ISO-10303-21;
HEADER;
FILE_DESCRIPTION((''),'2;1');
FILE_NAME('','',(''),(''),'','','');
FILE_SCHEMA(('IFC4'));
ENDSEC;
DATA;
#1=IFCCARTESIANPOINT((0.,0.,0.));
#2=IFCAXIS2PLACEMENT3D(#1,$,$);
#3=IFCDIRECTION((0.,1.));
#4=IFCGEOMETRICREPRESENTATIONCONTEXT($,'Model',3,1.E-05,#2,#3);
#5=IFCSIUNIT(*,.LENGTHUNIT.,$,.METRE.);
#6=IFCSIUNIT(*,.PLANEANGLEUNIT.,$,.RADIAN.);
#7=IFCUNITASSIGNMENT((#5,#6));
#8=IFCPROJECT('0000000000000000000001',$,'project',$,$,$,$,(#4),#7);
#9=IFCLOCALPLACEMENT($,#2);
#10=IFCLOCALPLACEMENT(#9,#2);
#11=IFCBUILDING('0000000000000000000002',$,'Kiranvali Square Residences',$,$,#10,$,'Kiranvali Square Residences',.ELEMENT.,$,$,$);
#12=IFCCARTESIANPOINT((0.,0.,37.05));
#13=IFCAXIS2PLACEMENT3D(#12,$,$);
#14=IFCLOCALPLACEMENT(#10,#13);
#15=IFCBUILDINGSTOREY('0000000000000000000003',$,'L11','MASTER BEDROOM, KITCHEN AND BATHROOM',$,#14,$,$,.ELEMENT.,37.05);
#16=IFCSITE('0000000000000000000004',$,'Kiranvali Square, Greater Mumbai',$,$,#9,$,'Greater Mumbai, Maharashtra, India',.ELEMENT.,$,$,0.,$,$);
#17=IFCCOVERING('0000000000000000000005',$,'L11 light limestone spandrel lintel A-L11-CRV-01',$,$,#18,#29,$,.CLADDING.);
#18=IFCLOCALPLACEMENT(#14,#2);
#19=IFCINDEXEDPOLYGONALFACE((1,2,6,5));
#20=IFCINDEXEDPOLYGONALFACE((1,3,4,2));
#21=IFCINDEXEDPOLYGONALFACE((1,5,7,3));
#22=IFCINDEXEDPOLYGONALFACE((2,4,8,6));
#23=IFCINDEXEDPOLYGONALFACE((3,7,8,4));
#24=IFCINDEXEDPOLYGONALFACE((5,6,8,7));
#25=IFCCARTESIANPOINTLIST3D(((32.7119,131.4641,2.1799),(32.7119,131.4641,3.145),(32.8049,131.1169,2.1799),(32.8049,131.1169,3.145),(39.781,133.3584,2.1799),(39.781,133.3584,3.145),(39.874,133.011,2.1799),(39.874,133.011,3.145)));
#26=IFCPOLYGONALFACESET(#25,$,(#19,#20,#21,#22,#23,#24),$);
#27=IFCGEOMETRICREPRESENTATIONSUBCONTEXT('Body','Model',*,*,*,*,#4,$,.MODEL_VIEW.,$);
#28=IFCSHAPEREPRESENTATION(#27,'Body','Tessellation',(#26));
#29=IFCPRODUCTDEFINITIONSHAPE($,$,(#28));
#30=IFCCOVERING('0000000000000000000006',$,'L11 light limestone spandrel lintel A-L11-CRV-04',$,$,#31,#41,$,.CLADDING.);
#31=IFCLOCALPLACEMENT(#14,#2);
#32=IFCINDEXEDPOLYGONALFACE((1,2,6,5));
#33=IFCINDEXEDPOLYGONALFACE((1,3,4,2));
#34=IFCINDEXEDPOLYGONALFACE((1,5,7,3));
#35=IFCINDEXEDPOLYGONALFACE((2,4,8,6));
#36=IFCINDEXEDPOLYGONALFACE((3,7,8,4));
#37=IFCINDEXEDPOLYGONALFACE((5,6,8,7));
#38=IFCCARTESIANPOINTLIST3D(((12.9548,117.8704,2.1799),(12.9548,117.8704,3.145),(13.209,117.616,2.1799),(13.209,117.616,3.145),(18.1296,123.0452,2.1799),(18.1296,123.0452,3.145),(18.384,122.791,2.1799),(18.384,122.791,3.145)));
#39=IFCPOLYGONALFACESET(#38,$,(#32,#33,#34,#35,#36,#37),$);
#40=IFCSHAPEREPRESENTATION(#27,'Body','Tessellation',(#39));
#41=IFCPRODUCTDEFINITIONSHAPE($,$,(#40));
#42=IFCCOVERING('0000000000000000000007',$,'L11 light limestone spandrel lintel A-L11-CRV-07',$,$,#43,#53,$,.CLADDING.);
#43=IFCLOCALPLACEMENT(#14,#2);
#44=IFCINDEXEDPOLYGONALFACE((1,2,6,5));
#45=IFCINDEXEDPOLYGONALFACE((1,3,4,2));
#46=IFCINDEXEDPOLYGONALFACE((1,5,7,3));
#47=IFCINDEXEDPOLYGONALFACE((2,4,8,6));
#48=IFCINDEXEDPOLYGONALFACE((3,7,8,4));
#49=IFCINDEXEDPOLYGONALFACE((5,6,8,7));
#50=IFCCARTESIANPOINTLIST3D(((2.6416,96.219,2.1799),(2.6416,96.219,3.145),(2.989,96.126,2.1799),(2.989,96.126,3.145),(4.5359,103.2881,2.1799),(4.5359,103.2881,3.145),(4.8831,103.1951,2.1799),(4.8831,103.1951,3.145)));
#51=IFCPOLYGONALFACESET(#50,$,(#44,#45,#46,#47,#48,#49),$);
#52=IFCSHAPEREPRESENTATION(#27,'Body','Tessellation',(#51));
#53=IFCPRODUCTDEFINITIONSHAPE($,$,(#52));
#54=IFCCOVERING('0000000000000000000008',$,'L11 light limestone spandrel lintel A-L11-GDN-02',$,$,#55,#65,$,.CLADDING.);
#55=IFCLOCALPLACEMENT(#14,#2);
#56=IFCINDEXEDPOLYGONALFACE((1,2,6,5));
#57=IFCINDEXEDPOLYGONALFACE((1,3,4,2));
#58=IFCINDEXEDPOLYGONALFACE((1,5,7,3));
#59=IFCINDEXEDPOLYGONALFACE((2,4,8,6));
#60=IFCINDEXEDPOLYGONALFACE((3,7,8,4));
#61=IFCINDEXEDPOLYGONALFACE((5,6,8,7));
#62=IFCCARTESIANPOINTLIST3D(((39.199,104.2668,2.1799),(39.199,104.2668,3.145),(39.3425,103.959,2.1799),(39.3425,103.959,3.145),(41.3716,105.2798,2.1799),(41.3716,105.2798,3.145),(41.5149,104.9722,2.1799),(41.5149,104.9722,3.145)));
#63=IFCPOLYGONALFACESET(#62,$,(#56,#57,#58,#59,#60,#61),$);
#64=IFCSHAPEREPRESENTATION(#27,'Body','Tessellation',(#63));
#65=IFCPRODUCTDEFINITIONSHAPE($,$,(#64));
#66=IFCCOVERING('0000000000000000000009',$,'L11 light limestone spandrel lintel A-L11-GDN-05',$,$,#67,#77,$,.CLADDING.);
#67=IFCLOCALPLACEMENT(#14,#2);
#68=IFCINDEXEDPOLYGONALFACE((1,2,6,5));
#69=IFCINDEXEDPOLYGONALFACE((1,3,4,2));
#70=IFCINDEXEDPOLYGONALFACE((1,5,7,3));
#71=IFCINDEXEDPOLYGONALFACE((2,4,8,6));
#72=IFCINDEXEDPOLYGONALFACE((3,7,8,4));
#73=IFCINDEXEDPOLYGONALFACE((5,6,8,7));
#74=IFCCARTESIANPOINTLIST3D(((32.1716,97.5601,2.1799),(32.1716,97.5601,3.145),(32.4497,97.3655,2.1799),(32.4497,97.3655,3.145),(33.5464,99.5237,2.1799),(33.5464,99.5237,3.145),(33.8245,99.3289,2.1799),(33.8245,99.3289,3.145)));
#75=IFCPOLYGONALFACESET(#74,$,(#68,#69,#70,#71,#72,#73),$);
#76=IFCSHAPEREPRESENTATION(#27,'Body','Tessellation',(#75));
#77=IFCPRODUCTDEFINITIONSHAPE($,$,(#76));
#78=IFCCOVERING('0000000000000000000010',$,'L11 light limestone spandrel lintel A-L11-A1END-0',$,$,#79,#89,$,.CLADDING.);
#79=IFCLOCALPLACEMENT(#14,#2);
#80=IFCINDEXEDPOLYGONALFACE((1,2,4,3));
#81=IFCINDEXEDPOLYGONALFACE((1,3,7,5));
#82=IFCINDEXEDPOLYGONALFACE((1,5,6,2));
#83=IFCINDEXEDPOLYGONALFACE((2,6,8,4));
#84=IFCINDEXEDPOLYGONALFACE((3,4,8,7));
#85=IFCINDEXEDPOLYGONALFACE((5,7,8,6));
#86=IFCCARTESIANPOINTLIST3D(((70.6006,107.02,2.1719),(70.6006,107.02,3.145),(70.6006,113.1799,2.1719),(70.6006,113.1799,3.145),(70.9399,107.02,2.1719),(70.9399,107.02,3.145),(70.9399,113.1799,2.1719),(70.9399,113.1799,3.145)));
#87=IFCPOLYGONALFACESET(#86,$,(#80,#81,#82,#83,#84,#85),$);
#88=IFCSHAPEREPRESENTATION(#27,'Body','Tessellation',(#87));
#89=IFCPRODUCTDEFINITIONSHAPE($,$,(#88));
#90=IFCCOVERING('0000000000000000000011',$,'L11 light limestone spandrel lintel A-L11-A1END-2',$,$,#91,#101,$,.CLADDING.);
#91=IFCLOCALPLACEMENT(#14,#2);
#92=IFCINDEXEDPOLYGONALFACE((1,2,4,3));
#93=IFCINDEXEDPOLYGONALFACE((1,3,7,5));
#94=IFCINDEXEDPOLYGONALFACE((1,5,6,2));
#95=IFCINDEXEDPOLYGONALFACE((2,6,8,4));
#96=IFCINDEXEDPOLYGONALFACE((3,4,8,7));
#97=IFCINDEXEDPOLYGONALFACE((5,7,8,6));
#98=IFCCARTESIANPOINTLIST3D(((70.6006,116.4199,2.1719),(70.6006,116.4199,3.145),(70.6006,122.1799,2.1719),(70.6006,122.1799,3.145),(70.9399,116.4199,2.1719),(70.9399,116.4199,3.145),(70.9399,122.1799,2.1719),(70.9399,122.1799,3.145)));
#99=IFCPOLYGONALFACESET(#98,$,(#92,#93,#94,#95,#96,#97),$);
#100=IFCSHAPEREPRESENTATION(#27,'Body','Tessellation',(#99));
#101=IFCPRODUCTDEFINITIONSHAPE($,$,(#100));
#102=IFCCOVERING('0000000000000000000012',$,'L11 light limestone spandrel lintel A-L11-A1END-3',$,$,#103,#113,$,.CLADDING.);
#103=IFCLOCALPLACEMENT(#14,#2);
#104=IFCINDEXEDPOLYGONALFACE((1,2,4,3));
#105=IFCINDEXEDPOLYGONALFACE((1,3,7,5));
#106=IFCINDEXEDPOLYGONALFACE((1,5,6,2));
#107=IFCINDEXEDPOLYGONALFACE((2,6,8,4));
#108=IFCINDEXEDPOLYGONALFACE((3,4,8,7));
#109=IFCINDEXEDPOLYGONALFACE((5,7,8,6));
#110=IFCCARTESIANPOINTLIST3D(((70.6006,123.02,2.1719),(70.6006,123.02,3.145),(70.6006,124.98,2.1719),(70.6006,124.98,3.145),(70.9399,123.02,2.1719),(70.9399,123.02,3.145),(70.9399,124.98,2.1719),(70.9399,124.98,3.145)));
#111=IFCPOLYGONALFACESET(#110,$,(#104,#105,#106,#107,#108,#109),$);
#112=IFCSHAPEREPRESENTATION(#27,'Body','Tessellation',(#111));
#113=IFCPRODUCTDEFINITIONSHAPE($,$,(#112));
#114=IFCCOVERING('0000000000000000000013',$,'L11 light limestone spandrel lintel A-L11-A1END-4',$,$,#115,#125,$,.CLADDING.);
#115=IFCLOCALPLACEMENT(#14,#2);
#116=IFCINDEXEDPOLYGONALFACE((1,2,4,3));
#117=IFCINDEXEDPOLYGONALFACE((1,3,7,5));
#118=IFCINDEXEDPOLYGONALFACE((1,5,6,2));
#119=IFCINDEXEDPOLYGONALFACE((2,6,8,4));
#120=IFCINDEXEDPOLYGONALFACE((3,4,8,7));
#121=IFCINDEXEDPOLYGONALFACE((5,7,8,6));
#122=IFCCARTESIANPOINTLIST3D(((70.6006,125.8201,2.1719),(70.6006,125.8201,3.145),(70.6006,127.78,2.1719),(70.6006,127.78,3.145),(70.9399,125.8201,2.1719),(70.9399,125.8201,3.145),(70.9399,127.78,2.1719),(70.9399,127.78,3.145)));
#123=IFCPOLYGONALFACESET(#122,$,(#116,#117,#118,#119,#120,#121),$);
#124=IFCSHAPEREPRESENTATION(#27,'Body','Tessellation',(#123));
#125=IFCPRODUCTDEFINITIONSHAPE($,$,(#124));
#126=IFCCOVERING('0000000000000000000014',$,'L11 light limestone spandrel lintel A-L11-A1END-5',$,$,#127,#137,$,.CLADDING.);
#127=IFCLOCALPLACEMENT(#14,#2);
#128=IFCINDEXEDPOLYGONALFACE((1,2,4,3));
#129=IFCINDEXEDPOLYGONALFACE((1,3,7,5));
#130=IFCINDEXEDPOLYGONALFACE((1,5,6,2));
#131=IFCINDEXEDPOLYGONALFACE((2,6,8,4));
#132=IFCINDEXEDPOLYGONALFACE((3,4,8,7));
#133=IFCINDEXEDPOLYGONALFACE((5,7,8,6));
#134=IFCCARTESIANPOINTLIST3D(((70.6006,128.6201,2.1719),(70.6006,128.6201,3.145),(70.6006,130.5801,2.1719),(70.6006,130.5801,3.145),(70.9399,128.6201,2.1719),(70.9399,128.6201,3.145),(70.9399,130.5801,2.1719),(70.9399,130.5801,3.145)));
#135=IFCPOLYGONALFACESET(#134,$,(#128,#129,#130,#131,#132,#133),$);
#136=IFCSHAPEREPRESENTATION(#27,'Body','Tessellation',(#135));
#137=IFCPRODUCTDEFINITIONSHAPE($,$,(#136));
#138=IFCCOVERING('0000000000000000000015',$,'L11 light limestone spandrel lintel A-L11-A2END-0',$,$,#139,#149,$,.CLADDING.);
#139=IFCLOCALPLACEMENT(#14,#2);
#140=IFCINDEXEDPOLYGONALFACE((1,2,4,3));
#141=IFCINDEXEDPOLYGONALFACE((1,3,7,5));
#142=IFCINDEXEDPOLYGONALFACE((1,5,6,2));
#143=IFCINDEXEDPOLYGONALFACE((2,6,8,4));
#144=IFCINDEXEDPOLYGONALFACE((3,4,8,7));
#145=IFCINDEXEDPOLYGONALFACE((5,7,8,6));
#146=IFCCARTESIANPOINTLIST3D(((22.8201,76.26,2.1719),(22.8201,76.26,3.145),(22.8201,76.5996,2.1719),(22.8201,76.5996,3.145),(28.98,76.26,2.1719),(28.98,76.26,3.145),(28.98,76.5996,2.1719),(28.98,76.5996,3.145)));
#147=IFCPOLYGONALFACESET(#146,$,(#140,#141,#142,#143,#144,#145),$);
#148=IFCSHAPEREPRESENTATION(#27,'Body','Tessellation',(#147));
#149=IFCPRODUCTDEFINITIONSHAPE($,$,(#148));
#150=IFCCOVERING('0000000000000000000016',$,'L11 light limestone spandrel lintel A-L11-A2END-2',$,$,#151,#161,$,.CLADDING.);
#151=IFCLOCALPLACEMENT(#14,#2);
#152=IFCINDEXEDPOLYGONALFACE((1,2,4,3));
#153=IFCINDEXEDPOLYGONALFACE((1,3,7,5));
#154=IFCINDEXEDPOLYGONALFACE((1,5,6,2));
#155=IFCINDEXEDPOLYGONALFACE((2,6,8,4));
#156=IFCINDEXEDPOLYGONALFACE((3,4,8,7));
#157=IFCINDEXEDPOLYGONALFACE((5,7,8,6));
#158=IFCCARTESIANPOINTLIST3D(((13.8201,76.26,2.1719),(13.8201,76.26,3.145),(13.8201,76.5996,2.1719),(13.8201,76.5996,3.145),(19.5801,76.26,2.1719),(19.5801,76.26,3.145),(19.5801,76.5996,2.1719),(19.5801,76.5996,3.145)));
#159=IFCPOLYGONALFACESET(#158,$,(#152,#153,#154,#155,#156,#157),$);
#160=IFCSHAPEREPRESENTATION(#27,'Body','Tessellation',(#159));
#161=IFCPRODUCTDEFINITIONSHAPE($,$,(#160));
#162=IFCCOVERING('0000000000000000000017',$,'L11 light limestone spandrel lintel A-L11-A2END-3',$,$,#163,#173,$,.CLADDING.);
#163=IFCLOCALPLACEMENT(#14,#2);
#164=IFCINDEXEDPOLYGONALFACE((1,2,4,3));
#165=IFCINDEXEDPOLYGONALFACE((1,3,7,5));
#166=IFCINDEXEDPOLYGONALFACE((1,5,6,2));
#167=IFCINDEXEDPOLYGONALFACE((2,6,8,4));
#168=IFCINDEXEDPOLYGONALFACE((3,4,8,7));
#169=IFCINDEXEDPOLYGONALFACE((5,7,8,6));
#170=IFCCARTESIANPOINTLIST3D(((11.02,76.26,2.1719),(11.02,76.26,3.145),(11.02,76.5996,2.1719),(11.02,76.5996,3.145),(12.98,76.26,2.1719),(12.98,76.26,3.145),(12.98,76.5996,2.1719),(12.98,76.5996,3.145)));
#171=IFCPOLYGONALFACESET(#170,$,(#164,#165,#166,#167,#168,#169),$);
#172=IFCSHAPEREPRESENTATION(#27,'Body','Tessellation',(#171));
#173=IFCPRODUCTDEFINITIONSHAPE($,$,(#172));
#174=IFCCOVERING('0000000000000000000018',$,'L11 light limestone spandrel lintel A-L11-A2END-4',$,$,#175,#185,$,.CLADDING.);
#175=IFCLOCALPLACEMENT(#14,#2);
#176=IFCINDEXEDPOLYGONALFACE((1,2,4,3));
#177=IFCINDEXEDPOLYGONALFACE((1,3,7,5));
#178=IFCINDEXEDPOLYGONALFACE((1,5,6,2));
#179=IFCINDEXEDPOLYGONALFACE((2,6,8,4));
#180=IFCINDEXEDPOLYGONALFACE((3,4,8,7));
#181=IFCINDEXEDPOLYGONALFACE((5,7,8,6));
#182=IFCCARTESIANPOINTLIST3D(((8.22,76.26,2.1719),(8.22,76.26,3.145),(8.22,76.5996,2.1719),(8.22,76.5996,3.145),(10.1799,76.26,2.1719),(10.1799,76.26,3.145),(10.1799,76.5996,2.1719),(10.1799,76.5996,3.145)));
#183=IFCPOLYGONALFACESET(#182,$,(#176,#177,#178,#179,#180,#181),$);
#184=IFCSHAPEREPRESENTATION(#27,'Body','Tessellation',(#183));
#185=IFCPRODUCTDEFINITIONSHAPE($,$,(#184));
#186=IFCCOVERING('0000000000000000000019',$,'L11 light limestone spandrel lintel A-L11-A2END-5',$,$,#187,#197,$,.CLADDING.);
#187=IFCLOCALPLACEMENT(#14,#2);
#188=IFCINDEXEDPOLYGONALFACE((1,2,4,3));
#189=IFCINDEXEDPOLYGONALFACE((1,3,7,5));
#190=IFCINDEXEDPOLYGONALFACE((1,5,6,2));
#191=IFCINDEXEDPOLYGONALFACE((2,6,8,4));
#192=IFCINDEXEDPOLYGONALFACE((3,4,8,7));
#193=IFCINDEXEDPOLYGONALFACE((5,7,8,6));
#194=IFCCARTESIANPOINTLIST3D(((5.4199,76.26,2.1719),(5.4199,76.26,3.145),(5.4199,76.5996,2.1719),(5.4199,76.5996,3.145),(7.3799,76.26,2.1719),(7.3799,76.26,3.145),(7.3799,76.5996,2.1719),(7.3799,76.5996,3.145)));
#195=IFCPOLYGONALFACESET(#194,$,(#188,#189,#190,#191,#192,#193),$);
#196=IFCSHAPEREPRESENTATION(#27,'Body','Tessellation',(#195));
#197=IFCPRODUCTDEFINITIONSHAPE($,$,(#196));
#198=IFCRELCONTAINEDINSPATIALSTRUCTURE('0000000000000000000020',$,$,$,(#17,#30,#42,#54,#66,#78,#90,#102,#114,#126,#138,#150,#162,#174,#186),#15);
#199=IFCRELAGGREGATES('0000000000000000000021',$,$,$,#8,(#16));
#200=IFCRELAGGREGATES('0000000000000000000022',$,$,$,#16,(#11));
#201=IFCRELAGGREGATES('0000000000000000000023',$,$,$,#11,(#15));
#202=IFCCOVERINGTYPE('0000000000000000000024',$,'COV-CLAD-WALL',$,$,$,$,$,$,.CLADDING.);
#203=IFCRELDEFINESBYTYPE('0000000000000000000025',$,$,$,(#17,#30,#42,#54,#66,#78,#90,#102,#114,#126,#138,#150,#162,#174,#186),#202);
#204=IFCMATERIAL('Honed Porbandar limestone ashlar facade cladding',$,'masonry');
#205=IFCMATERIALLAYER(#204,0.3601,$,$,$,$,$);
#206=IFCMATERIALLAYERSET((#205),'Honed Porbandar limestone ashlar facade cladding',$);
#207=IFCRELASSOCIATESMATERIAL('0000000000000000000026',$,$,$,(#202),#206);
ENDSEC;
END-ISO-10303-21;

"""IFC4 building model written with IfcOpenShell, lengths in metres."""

from ifc_helpers import new_model, si_unit, direction, frame, origin, place, context, subcontext, project, spatial, polyline, outline, extrude, material, layer, layer_set, type_object, element, save


model = new_model("IFC4")

# Units and contexts
model_context = context("Model", 3, precision=1e-05, world=origin(), true_north=direction((0.0, 1.0)))
body_context = subcontext(model_context, "Body", "Model", "MODEL_VIEW")
ifc_project = project(units=[si_unit("LENGTHUNIT", "METRE"), si_unit("PLANEANGLEUNIT", "RADIAN")], contexts=[model_context])

# Site, building, storey
site_placement = place(None, origin())
site = spatial("IfcSite", under=ifc_project, at=site_placement, Name="Kiranvali Square, Greater Mumbai", LongName="Greater Mumbai, Maharashtra, India", CompositionType="ELEMENT", RefElevation=0.0)
building_placement = place(site_placement, origin())
building = spatial("IfcBuilding", under=site, at=building_placement, Name="Kiranvali Square Residences", LongName="Kiranvali Square Residences", CompositionType="ELEMENT")
storey_placement = place(building_placement, frame((0.0, 0.0, 37.05)))
storey = spatial("IfcBuildingStorey", under=building, at=storey_placement, Name="L11", Description="MASTER BEDROOM, KITCHEN AND BATHROOM", CompositionType="ELEMENT", Elevation=37.05)

# Coverings
ifc_material = material(Name="Honed Porbandar limestone ashlar facade cladding", Category="masonry")
ifc_layer = layer(ifc_material, 0.3601)
ifc_layer_set = layer_set([ifc_layer], Name="Honed Porbandar limestone ashlar facade cladding")
covering_type = type_object("IfcCoveringType", Name="COV-CLAD-WALL", PredefinedType="CLADDING", material=ifc_layer_set)
covering_1_placement = place(storey_placement, frame((0.0, 0.0, 2.1799)))
element("IfcCovering", 1, at=covering_1_placement, inside=storey, type_object=covering_type, Name="L11 light limestone spandrel lintel A-L11-CRV-01", PredefinedType="CLADDING", context=body_context, shape_type="SweptSolid", body=[
    extrude(outline(polyline([(39.781, 133.3584), (32.7119, 131.4641), (32.8049, 131.1169), (39.874, 133.011), (39.781, 133.3584)])), origin(), (0.0, 0.0, 1.0), 0.9651),
])
covering_2_placement = place(storey_placement, frame((0.0, 0.0, 2.1799)))
element("IfcCovering", 2, at=covering_2_placement, inside=storey, type_object=covering_type, Name="L11 light limestone spandrel lintel A-L11-CRV-04", PredefinedType="CLADDING", context=body_context, shape_type="SweptSolid", body=[
    extrude(outline(polyline([(18.1296, 123.0452), (12.9548, 117.8704), (13.209, 117.616), (18.384, 122.791), (18.1296, 123.0452)])), origin(), (0.0, 0.0, 1.0), 0.9651),
])
covering_3_placement = place(storey_placement, frame((0.0, 0.0, 2.1799)))
element("IfcCovering", 3, at=covering_3_placement, inside=storey, type_object=covering_type, Name="L11 light limestone spandrel lintel A-L11-CRV-07", PredefinedType="CLADDING", context=body_context, shape_type="SweptSolid", body=[
    extrude(outline(polyline([(4.5359, 103.2881), (2.6416, 96.219), (2.989, 96.126), (4.8831, 103.1951), (4.5359, 103.2881)])), origin(), (0.0, 0.0, 1.0), 0.9651),
])
covering_4_placement = place(storey_placement, frame((0.0, 0.0, 2.1799)))
element("IfcCovering", 4, at=covering_4_placement, inside=storey, type_object=covering_type, Name="L11 light limestone spandrel lintel A-L11-GDN-02", PredefinedType="CLADDING", context=body_context, shape_type="SweptSolid", body=[
    extrude(outline(polyline([(41.3716, 105.2798), (39.199, 104.2668), (39.3425, 103.959), (41.5149, 104.9722), (41.3716, 105.2798)])), origin(), (0.0, 0.0, 1.0), 0.9651),
])
covering_5_placement = place(storey_placement, frame((0.0, 0.0, 2.1799)))
element("IfcCovering", 5, at=covering_5_placement, inside=storey, type_object=covering_type, Name="L11 light limestone spandrel lintel A-L11-GDN-05", PredefinedType="CLADDING", context=body_context, shape_type="SweptSolid", body=[
    extrude(outline(polyline([(33.5464, 99.5237), (32.1716, 97.5601), (32.4497, 97.3655), (33.8245, 99.3289), (33.5464, 99.5237)])), origin(), (0.0, 0.0, 1.0), 0.9651),
])
covering_6_placement = place(storey_placement, frame((0.0, 0.0, 2.1719)))
element("IfcCovering", 6, at=covering_6_placement, inside=storey, type_object=covering_type, Name="L11 light limestone spandrel lintel A-L11-A1END-0", PredefinedType="CLADDING", context=body_context, shape_type="SweptSolid", body=[
    extrude(outline(polyline([(70.9399, 107.02), (70.9399, 113.1799), (70.6006, 113.1799), (70.6006, 107.02), (70.9399, 107.02)])), origin(), (0.0, 0.0, 1.0), 0.9731),
])
covering_7_placement = place(storey_placement, frame((0.0, 0.0, 2.1719)))
element("IfcCovering", 7, at=covering_7_placement, inside=storey, type_object=covering_type, Name="L11 light limestone spandrel lintel A-L11-A1END-2", PredefinedType="CLADDING", context=body_context, shape_type="SweptSolid", body=[
    extrude(outline(polyline([(70.9399, 116.4199), (70.9399, 122.1799), (70.6006, 122.1799), (70.6006, 116.4199), (70.9399, 116.4199)])), origin(), (0.0, 0.0, 1.0), 0.9731),
])
covering_8_placement = place(storey_placement, frame((0.0, 0.0, 2.1719)))
element("IfcCovering", 8, at=covering_8_placement, inside=storey, type_object=covering_type, Name="L11 light limestone spandrel lintel A-L11-A1END-3", PredefinedType="CLADDING", context=body_context, shape_type="SweptSolid", body=[
    extrude(outline(polyline([(70.9399, 123.02), (70.9399, 124.98), (70.6006, 124.98), (70.6006, 123.02), (70.9399, 123.02)])), origin(), (0.0, 0.0, 1.0), 0.9731),
])
covering_9_placement = place(storey_placement, frame((0.0, 0.0, 2.1719)))
element("IfcCovering", 9, at=covering_9_placement, inside=storey, type_object=covering_type, Name="L11 light limestone spandrel lintel A-L11-A1END-4", PredefinedType="CLADDING", context=body_context, shape_type="SweptSolid", body=[
    extrude(outline(polyline([(70.9399, 125.8201), (70.9399, 127.78), (70.6006, 127.78), (70.6006, 125.8201), (70.9399, 125.8201)])), origin(), (0.0, 0.0, 1.0), 0.9731),
])
covering_10_placement = place(storey_placement, frame((0.0, 0.0, 2.1719)))
element("IfcCovering", 10, at=covering_10_placement, inside=storey, type_object=covering_type, Name="L11 light limestone spandrel lintel A-L11-A1END-5", PredefinedType="CLADDING", context=body_context, shape_type="SweptSolid", body=[
    extrude(outline(polyline([(70.9399, 128.6201), (70.9399, 130.5801), (70.6006, 130.5801), (70.6006, 128.6201), (70.9399, 128.6201)])), origin(), (0.0, 0.0, 1.0), 0.9731),
])
covering_11_placement = place(storey_placement, frame((0.0, 0.0, 2.1719)))
element("IfcCovering", 11, at=covering_11_placement, inside=storey, type_object=covering_type, Name="L11 light limestone spandrel lintel A-L11-A2END-0", PredefinedType="CLADDING", context=body_context, shape_type="SweptSolid", body=[
    extrude(outline(polyline([(28.98, 76.5996), (22.8201, 76.5996), (22.8201, 76.26), (28.98, 76.26), (28.98, 76.5996)])), origin(), (0.0, 0.0, 1.0), 0.9731),
])
covering_12_placement = place(storey_placement, frame((0.0, 0.0, 2.1719)))
element("IfcCovering", 12, at=covering_12_placement, inside=storey, type_object=covering_type, Name="L11 light limestone spandrel lintel A-L11-A2END-2", PredefinedType="CLADDING", context=body_context, shape_type="SweptSolid", body=[
    extrude(outline(polyline([(19.5801, 76.5996), (13.8201, 76.5996), (13.8201, 76.26), (19.5801, 76.26), (19.5801, 76.5996)])), origin(), (0.0, 0.0, 1.0), 0.9731),
])
covering_13_placement = place(storey_placement, frame((0.0, 0.0, 2.1719)))
element("IfcCovering", 13, at=covering_13_placement, inside=storey, type_object=covering_type, Name="L11 light limestone spandrel lintel A-L11-A2END-3", PredefinedType="CLADDING", context=body_context, shape_type="SweptSolid", body=[
    extrude(outline(polyline([(12.98, 76.5996), (11.02, 76.5996), (11.02, 76.26), (12.98, 76.26), (12.98, 76.5996)])), origin(), (0.0, 0.0, 1.0), 0.9731),
])
covering_14_placement = place(storey_placement, frame((0.0, 0.0, 2.1719)))
element("IfcCovering", 14, at=covering_14_placement, inside=storey, type_object=covering_type, Name="L11 light limestone spandrel lintel A-L11-A2END-4", PredefinedType="CLADDING", context=body_context, shape_type="SweptSolid", body=[
    extrude(outline(polyline([(10.1799, 76.5996), (8.22, 76.5996), (8.22, 76.26), (10.1799, 76.26), (10.1799, 76.5996)])), origin(), (0.0, 0.0, 1.0), 0.9731),
])
covering_15_placement = place(storey_placement, frame((0.0, 0.0, 2.1719)))
element("IfcCovering", 15, at=covering_15_placement, inside=storey, type_object=covering_type, Name="L11 light limestone spandrel lintel A-L11-A2END-5", PredefinedType="CLADDING", context=body_context, shape_type="SweptSolid", body=[
    extrude(outline(polyline([(7.3799, 76.5996), (5.4199, 76.5996), (5.4199, 76.26), (7.3799, 76.26), (7.3799, 76.5996)])), origin(), (0.0, 0.0, 1.0), 0.9731),
])

save(model, "model.ifc")
